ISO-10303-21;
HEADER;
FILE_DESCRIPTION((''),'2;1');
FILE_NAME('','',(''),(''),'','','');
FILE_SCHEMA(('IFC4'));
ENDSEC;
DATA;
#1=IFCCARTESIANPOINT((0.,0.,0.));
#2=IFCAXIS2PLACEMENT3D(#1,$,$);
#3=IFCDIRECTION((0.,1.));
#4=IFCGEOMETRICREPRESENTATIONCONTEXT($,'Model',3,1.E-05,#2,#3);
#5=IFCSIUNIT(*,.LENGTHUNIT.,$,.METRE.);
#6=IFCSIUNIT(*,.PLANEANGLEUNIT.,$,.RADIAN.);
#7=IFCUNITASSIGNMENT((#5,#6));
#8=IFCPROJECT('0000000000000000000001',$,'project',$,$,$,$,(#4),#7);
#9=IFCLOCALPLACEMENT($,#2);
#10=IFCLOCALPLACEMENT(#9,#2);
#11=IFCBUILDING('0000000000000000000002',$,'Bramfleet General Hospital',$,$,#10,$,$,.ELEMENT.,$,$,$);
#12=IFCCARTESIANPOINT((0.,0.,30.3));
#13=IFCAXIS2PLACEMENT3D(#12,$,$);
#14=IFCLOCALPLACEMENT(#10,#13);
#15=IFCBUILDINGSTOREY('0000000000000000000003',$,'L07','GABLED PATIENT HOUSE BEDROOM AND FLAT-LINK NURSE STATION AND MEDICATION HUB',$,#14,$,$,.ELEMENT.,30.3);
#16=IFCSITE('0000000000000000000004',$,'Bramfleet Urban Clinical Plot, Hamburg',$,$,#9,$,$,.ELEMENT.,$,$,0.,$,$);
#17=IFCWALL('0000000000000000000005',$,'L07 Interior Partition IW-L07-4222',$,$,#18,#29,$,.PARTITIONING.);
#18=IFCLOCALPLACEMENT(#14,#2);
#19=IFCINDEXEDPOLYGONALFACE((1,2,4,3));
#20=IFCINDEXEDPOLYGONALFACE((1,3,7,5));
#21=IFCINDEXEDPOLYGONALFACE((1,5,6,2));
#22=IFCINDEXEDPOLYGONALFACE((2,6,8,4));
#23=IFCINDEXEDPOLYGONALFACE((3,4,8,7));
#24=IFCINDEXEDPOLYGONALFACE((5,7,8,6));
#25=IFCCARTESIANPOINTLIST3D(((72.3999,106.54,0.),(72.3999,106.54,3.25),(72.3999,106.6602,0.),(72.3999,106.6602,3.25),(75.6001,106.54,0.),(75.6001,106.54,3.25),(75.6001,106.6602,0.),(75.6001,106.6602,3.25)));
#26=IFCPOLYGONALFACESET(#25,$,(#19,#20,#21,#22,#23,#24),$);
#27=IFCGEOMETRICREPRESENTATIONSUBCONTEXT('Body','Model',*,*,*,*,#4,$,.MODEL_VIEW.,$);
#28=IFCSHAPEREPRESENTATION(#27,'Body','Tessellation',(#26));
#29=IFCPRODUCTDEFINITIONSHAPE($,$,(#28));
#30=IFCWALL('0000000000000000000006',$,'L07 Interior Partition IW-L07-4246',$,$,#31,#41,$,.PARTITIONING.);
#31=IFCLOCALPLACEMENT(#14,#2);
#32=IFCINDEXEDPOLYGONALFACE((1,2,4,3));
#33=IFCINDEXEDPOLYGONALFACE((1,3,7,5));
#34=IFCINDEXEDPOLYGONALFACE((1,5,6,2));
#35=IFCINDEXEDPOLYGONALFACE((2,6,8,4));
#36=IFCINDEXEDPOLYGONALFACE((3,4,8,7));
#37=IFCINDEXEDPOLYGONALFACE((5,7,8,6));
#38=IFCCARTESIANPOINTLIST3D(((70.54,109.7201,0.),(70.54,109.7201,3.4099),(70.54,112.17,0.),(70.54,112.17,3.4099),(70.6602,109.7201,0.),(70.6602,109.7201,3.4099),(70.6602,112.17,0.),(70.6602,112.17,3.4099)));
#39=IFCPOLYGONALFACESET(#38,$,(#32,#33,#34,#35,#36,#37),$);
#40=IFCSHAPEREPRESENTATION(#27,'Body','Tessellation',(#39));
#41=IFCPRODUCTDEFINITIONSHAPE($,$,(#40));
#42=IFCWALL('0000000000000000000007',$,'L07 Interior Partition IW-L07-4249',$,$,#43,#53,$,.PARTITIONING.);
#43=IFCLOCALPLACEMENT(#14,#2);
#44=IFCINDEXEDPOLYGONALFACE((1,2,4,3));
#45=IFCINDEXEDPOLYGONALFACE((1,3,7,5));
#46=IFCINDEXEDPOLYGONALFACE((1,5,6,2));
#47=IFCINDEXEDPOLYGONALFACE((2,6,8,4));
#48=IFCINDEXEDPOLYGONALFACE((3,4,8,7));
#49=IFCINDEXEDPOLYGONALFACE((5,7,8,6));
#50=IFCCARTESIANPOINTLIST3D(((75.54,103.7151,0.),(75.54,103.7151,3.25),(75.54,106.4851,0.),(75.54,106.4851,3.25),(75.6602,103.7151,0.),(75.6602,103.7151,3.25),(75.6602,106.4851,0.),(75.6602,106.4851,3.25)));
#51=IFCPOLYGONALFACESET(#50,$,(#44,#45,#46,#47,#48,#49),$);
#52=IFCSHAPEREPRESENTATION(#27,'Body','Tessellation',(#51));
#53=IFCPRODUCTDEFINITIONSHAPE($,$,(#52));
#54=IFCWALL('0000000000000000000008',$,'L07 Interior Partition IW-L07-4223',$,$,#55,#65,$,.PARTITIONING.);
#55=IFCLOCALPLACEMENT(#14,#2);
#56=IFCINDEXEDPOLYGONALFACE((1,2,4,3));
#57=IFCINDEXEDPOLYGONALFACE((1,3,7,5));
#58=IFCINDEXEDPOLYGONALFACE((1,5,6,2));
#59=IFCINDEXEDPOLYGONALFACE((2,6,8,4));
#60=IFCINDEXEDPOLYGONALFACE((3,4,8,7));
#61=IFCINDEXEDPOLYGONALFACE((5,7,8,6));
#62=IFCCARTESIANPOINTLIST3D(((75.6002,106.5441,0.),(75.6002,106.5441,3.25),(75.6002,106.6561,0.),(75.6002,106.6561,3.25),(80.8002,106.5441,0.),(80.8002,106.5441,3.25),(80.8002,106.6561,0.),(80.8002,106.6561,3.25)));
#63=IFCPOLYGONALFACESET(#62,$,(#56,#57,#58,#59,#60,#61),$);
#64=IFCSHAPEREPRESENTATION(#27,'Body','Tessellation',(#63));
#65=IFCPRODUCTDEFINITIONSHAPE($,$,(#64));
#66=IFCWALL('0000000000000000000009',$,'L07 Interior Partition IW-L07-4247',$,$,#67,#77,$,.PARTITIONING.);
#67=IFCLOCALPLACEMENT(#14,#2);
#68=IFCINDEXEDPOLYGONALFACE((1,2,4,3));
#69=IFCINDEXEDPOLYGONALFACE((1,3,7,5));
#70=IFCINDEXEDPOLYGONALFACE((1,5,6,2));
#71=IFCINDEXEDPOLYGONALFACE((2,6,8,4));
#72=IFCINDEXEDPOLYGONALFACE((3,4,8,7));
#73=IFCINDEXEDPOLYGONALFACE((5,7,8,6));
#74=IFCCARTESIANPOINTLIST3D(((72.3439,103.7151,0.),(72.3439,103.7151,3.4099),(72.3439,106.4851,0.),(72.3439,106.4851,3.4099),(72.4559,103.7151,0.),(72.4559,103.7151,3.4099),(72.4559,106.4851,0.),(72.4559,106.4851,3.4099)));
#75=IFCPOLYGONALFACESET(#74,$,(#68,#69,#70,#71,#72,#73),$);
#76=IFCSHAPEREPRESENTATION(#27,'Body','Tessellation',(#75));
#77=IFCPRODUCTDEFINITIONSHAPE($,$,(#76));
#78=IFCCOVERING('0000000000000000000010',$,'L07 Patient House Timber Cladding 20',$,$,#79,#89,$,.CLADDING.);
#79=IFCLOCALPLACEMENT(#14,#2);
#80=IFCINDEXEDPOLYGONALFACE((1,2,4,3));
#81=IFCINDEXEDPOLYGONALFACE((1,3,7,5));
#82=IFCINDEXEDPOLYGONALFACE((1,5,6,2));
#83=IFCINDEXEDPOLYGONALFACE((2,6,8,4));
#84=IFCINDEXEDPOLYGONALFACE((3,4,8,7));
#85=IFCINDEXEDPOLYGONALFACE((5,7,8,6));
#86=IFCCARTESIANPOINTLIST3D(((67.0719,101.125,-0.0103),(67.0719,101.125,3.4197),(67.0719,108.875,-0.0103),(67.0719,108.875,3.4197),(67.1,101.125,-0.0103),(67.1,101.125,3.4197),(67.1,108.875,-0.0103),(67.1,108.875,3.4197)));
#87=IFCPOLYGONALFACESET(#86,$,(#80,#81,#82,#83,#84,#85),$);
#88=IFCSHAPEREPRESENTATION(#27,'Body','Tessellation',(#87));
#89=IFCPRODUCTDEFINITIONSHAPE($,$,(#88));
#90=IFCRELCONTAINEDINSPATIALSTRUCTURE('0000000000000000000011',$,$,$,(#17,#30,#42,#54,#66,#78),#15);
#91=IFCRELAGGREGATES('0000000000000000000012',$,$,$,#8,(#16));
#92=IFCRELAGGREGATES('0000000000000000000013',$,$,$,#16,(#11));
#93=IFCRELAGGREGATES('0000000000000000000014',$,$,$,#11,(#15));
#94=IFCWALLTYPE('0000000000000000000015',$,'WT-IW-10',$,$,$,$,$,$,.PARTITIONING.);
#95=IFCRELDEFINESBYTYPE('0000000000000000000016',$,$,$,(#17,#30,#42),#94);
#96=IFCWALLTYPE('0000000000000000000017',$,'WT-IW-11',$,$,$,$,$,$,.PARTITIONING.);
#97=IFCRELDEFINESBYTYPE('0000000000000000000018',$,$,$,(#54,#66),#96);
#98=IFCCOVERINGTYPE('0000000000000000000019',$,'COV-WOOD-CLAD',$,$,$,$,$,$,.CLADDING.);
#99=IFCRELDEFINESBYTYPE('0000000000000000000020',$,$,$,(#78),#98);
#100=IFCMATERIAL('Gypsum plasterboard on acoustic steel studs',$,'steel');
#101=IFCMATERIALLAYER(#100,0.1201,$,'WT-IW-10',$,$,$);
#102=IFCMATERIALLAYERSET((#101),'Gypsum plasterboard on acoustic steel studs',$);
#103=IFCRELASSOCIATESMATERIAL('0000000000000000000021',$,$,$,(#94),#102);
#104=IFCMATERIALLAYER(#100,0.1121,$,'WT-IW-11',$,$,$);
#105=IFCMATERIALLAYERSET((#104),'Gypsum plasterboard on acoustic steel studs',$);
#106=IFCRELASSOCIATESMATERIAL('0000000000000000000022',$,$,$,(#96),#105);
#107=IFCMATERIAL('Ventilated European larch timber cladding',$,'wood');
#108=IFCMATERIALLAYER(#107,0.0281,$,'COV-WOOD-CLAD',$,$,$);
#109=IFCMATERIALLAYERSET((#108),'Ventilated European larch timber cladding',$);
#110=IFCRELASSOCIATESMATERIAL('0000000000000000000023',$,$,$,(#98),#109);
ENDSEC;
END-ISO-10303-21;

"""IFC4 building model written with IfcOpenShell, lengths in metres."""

from ifc_helpers import new_model, si_unit, direction, frame, frame_2d, origin, origin_2d, place, context, subcontext, project, spatial, rectangle, extrude, material, layer, layer_set, type_object, element, save


model = new_model("IFC4")

# Units and contexts
model_context = context("Model", 3, precision=1e-05, world=origin(), true_north=direction((0.0, 1.0)))
body_context = subcontext(model_context, "Body", "Model", "MODEL_VIEW")
ifc_project = project(units=[si_unit("LENGTHUNIT", "METRE"), si_unit("PLANEANGLEUNIT", "RADIAN")], contexts=[model_context])

# Site, building, storey
site_placement = place(None, origin())
site = spatial("IfcSite", under=ifc_project, at=site_placement, Name="Bramfleet Urban Clinical Plot, Hamburg", CompositionType="ELEMENT", RefElevation=0.0)
building_placement = place(site_placement, origin())
building = spatial("IfcBuilding", under=site, at=building_placement, Name="Bramfleet General Hospital", CompositionType="ELEMENT")
storey_placement = place(building_placement, frame((0.0, 0.0, 30.3)))
storey = spatial("IfcBuildingStorey", under=building, at=storey_placement, Name="L07", Description="GABLED PATIENT HOUSE BEDROOM AND FLAT-LINK NURSE STATION AND MEDICATION HUB", CompositionType="ELEMENT", Elevation=30.3)

# Shared definitions
ifc_material_1 = material(Name="Gypsum plasterboard on acoustic steel studs", Category="steel")

# Walls
ifc_layer_1 = layer(ifc_material_1, 0.1201, Name="WT-IW-10")
ifc_layer_set_1 = layer_set([ifc_layer_1], Name="Gypsum plasterboard on acoustic steel studs")
wall_type_1 = type_object("IfcWallType", Name="WT-IW-10", PredefinedType="PARTITIONING", material=ifc_layer_set_1)
wall_1_placement = place(storey_placement, frame((72.3999, 106.6001, 0.0), z_axis=(0.0, 0.0, 1.0), x_axis=(1.0, 0.0, 0.0)))
element("IfcWall", 1, at=wall_1_placement, inside=storey, type_object=wall_type_1, Name="L07 Interior Partition IW-L07-4222", PredefinedType="PARTITIONING", context=body_context, shape_type="SweptSolid", body=[
    extrude(rectangle(XDim=3.2002, YDim=0.1201, at=frame_2d((1.6001, 0.0))), origin(), (0.0, 0.0, 1.0), 3.25),
])
wall_2_placement = place(storey_placement, frame((70.6001, 109.72, 0.0), z_axis=(0.0, 0.0, 1.0), x_axis=(0.0, 1.0, 0.0)))
element("IfcWall", 2, at=wall_2_placement, inside=storey, type_object=wall_type_1, Name="L07 Interior Partition IW-L07-4246", PredefinedType="PARTITIONING", context=body_context, shape_type="SweptSolid", body=[
    extrude(rectangle(XDim=2.45, YDim=0.1201, at=frame_2d((1.2251, 0.0))), origin(), (0.0, 0.0, 1.0), 3.4099),
])
wall_3_placement = place(storey_placement, frame((75.6001, 103.7151, 0.0), z_axis=(0.0, 0.0, 1.0), x_axis=(0.0, 1.0, 0.0)))
element("IfcWall", 3, at=wall_3_placement, inside=storey, type_object=wall_type_1, Name="L07 Interior Partition IW-L07-4249", PredefinedType="PARTITIONING", context=body_context, shape_type="SweptSolid", body=[
    extrude(rectangle(XDim=2.77, YDim=0.1201, at=frame_2d((1.385, 0.0))), origin(), (0.0, 0.0, 1.0), 3.25),
])
ifc_layer_2 = layer(ifc_material_1, 0.1121, Name="WT-IW-11")
ifc_layer_set_2 = layer_set([ifc_layer_2], Name="Gypsum plasterboard on acoustic steel studs")
wall_type_2 = type_object("IfcWallType", Name="WT-IW-11", PredefinedType="PARTITIONING", material=ifc_layer_set_2)
wall_4_placement = place(storey_placement, frame((75.6001, 106.6001, 0.0), z_axis=(0.0, 0.0, 1.0), x_axis=(1.0, 0.0, 0.0)))
element("IfcWall", 4, at=wall_4_placement, inside=storey, type_object=wall_type_2, Name="L07 Interior Partition IW-L07-4223", PredefinedType="PARTITIONING", context=body_context, shape_type="SweptSolid", body=[
    extrude(rectangle(XDim=5.2, YDim=0.1121, at=frame_2d((2.6001, 0.0))), origin(), (0.0, 0.0, 1.0), 3.25),
])
wall_5_placement = place(storey_placement, frame((72.3999, 103.7151, 0.0), z_axis=(0.0, 0.0, 1.0), x_axis=(0.0, 1.0, 0.0)))
element("IfcWall", 5, at=wall_5_placement, inside=storey, type_object=wall_type_2, Name="L07 Interior Partition IW-L07-4247", PredefinedType="PARTITIONING", context=body_context, shape_type="SweptSolid", body=[
    extrude(rectangle(XDim=2.77, YDim=0.1121, at=frame_2d((1.385, 0.0))), origin(), (0.0, 0.0, 1.0), 3.4099),
])

# Covering
ifc_material_2 = material(Name="Ventilated European larch timber cladding", Category="wood")
ifc_layer_3 = layer(ifc_material_2, 0.0281, Name="COV-WOOD-CLAD")
ifc_layer_set_3 = layer_set([ifc_layer_3], Name="Ventilated European larch timber cladding")
covering_type = type_object("IfcCoveringType", Name="COV-WOOD-CLAD", PredefinedType="CLADDING", material=ifc_layer_set_3)
covering_placement = place(storey_placement, frame((67.0859, 105.0, -0.0103), z_axis=(0.0, 0.0, 1.0), x_axis=(0.0, 1.0, 0.0)))
element("IfcCovering", 6, at=covering_placement, inside=storey, type_object=covering_type, Name="L07 Patient House Timber Cladding 20", PredefinedType="CLADDING", context=body_context, shape_type="SweptSolid", body=[
    extrude(rectangle(XDim=7.75, YDim=0.0281, at=origin_2d()), origin(), (0.0, 0.0, 1.0), 3.4299),
])

save(model, "model.ifc")
